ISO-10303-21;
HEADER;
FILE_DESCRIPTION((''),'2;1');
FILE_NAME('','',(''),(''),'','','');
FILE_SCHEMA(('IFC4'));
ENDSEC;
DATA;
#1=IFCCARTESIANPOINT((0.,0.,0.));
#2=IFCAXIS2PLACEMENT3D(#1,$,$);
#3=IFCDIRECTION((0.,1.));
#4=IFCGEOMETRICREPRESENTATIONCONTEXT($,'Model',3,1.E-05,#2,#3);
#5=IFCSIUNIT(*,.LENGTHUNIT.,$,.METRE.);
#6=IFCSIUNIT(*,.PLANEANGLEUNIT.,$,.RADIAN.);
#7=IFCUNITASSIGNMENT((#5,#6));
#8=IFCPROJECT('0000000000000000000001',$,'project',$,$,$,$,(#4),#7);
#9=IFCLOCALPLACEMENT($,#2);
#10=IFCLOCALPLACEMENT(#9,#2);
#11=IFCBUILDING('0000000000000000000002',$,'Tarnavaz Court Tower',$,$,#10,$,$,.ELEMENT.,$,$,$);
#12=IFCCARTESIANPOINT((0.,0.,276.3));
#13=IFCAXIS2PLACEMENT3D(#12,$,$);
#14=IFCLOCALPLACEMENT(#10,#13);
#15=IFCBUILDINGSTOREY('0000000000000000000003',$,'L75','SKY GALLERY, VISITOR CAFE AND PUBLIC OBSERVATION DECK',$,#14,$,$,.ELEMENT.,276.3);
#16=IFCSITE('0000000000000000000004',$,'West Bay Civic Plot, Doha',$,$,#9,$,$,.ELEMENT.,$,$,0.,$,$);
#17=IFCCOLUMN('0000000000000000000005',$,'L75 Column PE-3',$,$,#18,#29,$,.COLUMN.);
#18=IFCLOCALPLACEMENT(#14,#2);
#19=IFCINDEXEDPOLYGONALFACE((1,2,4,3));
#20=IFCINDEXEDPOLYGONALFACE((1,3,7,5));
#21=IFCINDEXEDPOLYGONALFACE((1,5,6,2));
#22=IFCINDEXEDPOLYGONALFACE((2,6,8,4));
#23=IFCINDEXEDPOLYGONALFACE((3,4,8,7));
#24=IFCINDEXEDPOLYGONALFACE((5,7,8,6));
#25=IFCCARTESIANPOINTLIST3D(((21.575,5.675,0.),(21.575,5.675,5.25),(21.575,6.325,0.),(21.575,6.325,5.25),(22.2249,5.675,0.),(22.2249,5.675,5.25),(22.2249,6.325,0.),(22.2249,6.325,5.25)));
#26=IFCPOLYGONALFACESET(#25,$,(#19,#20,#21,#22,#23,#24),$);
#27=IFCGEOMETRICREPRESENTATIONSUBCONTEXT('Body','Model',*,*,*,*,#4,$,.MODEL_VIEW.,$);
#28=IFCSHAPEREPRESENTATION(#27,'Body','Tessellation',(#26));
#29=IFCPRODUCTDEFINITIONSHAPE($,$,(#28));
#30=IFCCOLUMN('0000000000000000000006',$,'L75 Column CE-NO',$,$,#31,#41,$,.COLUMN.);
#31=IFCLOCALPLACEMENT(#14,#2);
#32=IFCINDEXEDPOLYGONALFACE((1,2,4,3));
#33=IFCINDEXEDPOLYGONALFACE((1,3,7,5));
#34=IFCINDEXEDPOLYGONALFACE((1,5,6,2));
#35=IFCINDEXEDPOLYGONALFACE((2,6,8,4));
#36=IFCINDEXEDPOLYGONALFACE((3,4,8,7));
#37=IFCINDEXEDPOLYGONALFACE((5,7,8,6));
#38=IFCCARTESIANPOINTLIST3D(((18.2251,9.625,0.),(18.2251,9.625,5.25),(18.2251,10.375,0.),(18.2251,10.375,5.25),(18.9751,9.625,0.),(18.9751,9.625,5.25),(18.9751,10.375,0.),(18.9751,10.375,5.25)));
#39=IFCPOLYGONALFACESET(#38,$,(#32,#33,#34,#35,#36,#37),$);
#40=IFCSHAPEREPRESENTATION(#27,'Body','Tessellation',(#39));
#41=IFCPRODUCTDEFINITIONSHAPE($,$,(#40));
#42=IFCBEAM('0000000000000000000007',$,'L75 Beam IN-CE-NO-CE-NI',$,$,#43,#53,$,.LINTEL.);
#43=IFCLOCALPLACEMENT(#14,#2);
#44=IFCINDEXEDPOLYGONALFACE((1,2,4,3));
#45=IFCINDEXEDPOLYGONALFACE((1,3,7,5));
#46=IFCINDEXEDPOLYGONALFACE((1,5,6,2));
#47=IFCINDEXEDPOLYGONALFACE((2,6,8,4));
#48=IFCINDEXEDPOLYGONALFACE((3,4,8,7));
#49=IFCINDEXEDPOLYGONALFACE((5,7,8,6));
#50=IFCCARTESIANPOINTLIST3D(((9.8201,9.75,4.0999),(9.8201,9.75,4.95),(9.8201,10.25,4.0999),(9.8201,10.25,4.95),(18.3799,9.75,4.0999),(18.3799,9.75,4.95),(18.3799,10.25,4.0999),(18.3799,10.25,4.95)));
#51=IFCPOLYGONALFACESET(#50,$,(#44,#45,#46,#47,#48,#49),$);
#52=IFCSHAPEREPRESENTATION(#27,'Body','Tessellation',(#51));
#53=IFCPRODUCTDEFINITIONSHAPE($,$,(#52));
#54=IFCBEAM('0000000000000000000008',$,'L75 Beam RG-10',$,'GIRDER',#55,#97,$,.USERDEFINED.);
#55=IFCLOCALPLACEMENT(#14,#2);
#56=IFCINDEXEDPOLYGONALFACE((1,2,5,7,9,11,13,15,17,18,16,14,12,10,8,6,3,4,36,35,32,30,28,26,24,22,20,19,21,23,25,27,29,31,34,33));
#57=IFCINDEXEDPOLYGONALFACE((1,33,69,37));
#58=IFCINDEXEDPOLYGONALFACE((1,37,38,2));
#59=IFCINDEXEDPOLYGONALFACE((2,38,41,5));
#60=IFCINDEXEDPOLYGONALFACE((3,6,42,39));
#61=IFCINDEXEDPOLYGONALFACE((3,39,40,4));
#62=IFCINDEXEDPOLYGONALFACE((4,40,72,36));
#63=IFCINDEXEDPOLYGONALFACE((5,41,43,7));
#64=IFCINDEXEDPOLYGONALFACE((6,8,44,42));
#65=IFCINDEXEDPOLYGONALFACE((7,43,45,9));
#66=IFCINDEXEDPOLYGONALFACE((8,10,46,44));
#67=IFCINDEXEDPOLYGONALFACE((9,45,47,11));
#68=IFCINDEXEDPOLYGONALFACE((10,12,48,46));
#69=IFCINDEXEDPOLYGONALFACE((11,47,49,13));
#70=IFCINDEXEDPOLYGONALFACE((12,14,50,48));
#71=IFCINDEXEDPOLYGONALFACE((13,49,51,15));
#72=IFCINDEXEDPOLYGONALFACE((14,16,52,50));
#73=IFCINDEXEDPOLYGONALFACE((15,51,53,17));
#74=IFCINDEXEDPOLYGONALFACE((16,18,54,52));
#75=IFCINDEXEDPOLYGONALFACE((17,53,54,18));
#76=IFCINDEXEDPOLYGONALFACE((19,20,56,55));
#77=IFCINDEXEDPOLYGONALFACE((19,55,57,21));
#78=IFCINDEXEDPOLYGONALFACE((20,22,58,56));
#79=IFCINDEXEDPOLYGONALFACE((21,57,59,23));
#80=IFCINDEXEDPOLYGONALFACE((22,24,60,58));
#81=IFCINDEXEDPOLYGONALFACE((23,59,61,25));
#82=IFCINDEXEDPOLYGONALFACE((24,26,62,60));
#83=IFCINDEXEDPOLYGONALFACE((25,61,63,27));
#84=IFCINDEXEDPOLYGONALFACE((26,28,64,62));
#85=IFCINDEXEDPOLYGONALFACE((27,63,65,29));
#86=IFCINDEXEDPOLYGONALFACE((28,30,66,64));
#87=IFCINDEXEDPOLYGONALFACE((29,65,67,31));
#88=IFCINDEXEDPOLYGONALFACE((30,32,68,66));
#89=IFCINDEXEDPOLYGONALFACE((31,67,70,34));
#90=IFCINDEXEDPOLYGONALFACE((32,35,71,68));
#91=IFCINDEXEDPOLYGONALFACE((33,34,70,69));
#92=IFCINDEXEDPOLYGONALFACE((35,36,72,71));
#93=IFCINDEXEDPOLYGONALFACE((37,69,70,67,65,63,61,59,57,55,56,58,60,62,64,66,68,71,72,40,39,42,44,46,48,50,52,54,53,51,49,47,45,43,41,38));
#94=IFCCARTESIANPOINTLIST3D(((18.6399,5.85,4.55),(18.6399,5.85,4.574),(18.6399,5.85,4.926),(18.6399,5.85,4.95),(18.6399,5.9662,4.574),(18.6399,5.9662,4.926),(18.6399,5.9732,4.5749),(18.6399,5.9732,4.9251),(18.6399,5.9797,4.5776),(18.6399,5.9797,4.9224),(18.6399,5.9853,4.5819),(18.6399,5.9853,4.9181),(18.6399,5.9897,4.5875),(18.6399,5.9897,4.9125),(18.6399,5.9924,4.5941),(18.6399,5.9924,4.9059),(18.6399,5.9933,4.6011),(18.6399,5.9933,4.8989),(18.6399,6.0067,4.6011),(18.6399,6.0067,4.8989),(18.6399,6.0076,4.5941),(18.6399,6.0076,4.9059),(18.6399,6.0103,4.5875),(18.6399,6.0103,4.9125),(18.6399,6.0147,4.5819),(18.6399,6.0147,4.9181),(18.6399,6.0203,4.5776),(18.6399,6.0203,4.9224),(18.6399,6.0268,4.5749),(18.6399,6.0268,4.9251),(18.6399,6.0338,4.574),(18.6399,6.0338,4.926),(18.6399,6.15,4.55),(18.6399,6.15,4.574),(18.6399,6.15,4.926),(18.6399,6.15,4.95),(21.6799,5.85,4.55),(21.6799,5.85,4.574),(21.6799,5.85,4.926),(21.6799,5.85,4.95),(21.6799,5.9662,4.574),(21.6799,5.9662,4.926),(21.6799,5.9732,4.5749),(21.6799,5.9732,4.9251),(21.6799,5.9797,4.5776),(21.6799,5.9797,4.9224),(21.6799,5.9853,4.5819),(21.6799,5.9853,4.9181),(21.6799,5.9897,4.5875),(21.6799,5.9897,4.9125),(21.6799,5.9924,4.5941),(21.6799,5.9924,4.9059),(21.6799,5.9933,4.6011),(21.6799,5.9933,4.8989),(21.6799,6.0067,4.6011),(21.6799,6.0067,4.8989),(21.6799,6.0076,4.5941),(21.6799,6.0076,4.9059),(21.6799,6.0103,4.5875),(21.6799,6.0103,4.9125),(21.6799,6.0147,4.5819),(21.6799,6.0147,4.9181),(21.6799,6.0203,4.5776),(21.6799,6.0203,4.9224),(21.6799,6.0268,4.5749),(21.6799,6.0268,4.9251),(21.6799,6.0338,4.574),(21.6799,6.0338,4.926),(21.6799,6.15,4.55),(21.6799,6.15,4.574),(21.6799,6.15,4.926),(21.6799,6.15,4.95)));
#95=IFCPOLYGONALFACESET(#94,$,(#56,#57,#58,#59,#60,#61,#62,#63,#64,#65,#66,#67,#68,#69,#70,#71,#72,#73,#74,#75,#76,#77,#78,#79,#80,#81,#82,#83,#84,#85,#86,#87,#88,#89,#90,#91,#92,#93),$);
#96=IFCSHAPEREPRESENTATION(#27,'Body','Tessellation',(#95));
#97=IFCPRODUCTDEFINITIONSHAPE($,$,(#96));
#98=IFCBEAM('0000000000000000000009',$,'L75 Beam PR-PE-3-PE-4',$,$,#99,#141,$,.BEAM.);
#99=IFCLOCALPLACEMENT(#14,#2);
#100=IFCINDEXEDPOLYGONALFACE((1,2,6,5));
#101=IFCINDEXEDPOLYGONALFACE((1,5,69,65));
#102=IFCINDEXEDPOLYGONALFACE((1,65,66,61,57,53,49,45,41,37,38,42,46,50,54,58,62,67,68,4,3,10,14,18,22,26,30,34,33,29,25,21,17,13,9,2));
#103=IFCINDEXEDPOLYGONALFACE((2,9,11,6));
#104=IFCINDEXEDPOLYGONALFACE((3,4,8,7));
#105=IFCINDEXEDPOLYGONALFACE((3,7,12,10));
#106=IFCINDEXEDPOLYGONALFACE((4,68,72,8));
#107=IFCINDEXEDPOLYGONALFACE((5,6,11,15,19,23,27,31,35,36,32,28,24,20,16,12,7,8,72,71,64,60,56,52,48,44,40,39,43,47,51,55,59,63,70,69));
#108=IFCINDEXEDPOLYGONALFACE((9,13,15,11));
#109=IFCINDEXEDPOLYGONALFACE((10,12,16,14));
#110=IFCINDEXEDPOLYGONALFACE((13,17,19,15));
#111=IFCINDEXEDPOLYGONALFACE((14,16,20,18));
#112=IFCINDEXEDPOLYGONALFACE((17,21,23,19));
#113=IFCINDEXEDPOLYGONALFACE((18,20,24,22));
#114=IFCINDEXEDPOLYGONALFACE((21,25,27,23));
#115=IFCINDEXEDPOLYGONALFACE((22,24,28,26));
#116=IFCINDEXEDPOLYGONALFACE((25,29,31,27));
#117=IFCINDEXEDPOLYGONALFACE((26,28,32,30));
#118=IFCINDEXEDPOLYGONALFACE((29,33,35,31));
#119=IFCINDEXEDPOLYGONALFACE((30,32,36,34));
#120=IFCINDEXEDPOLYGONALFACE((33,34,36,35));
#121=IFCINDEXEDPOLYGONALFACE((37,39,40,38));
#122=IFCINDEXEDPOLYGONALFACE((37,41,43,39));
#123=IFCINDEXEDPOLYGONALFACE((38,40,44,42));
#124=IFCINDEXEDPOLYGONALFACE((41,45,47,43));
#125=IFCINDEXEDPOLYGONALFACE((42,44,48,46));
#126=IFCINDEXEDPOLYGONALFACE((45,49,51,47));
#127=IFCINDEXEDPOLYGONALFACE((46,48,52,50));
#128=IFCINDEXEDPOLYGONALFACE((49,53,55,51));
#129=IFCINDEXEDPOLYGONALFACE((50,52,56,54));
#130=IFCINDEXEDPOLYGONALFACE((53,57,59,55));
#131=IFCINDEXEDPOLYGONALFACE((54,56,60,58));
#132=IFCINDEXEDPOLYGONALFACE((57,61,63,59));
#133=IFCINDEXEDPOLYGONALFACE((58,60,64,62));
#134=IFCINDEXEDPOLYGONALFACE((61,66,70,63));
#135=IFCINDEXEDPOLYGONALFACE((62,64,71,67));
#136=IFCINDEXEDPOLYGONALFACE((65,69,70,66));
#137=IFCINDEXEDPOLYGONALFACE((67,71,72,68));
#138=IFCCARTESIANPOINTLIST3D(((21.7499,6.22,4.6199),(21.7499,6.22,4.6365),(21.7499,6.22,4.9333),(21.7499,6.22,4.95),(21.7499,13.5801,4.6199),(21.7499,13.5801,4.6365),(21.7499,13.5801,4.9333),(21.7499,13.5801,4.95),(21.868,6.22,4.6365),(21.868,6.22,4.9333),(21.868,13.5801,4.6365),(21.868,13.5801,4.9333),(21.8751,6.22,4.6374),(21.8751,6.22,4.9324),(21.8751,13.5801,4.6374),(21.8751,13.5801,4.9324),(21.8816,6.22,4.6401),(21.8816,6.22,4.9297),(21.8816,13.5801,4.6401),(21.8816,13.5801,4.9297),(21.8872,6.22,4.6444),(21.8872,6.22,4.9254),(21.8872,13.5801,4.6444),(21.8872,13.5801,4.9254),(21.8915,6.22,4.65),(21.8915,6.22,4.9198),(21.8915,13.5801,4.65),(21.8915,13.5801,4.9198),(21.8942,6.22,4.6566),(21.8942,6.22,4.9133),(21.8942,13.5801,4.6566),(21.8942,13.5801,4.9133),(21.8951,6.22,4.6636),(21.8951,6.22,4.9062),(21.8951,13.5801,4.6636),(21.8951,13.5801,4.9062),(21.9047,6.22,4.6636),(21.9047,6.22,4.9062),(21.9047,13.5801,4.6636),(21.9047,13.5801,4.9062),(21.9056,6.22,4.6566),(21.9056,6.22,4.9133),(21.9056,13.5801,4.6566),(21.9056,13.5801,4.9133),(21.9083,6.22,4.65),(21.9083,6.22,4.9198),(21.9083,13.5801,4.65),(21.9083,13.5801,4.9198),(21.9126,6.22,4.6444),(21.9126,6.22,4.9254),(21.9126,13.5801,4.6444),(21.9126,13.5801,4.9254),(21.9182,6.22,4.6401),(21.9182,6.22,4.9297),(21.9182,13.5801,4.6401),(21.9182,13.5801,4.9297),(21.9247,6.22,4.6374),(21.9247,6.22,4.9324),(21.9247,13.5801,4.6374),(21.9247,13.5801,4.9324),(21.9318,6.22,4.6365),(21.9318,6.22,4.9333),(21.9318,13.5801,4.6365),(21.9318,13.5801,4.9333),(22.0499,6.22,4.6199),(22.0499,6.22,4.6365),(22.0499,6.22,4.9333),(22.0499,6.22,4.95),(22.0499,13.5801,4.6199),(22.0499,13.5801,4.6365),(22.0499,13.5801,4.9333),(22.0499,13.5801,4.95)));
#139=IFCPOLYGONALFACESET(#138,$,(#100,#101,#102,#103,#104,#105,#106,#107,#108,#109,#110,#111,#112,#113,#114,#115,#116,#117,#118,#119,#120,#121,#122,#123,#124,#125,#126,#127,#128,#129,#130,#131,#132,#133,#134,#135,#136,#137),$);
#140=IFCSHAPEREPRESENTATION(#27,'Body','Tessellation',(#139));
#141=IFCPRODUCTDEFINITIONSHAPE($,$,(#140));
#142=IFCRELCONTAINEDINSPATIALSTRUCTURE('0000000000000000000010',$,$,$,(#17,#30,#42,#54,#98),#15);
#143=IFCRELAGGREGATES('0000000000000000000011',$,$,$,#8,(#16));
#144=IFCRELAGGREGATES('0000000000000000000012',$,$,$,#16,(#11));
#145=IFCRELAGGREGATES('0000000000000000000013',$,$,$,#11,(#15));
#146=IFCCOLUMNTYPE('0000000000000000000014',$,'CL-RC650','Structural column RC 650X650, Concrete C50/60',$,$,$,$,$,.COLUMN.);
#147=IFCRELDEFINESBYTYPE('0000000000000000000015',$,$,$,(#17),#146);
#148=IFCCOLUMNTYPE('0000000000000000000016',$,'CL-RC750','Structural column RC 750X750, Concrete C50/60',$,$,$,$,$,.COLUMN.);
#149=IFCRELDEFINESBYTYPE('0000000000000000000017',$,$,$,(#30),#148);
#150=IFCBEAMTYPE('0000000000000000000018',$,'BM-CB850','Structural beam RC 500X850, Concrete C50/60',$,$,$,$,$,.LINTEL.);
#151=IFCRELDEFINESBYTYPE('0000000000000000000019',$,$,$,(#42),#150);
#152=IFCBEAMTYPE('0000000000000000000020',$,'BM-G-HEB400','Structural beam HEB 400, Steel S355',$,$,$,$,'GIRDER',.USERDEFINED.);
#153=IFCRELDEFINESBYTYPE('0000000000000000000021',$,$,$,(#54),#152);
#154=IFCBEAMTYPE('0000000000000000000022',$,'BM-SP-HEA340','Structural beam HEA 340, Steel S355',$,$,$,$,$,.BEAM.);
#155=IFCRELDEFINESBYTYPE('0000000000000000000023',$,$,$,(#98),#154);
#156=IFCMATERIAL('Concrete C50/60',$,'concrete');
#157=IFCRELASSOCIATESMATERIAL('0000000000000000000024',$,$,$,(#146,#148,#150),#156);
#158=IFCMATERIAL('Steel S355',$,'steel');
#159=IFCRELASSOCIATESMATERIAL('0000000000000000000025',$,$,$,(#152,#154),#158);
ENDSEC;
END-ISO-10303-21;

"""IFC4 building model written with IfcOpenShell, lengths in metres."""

from ifc_helpers import new_model, si_unit, direction, frame, origin, origin_2d, place, context, subcontext, project, spatial, rectangle, i_section, extrude, material, material_profile, profile_set, type_object, element, save


model = new_model("IFC4")

# Units and contexts
model_context = context("Model", 3, precision=1e-05, world=origin(), true_north=direction((0.0, 1.0)))
body_context = subcontext(model_context, "Body", "Model", "MODEL_VIEW")
ifc_project = project(units=[si_unit("LENGTHUNIT", "METRE"), si_unit("PLANEANGLEUNIT", "RADIAN")], contexts=[model_context])

# Site, building, storey
site_placement = place(None, origin())
site = spatial("IfcSite", under=ifc_project, at=site_placement, Name="West Bay Civic Plot, Doha", CompositionType="ELEMENT", RefElevation=0.0)
building_placement = place(site_placement, origin())
building = spatial("IfcBuilding", under=site, at=building_placement, Name="Tarnavaz Court Tower", CompositionType="ELEMENT")
storey_placement = place(building_placement, frame((0.0, 0.0, 276.3)))
storey = spatial("IfcBuildingStorey", under=building, at=storey_placement, Name="L75", Description="SKY GALLERY, VISITOR CAFE AND PUBLIC OBSERVATION DECK", CompositionType="ELEMENT", Elevation=276.3)

# Columns
ifc_material_1 = material(Name="Concrete C50/60", Category="concrete")
ifc_material_profile_1 = material_profile(ifc_material_1, rectangle(XDim=0.6499, YDim=0.6499, at=origin_2d()), Name="RC 650X650")
ifc_profile_set_1 = profile_set([ifc_material_profile_1], Name="Concrete C50/60")
column_type_1 = type_object("IfcColumnType", Name="CL-RC650", Description="Structural column RC 650X650, Concrete C50/60", PredefinedType="COLUMN", material=ifc_profile_set_1)
column_1_placement = place(storey_placement, frame((21.8999, 6.0, 0.0), z_axis=(0.0, 0.0, 1.0), x_axis=(1.0, 0.0, 0.0)))
element("IfcColumn", 1, at=column_1_placement, inside=storey, type_object=column_type_1, Name="L75 Column PE-3", PredefinedType="COLUMN", context=body_context, shape_type="SweptSolid", body=[
    extrude(rectangle(XDim=0.6499, YDim=0.6499, at=origin_2d()), origin(), (0.0, 0.0, 1.0), 5.25),
])
ifc_material_profile_2 = material_profile(ifc_material_1, rectangle(XDim=0.75, YDim=0.75, at=origin_2d()), Name="RC 750X750")
ifc_profile_set_2 = profile_set([ifc_material_profile_2], Name="Concrete C50/60")
column_type_2 = type_object("IfcColumnType", Name="CL-RC750", Description="Structural column RC 750X750, Concrete C50/60", PredefinedType="COLUMN", material=ifc_profile_set_2)
column_2_placement = place(storey_placement, frame((18.6001, 10.0, 0.0), z_axis=(0.0, 0.0, 1.0), x_axis=(1.0, 0.0, 0.0)))
element("IfcColumn", 2, at=column_2_placement, inside=storey, type_object=column_type_2, Name="L75 Column CE-NO", PredefinedType="COLUMN", context=body_context, shape_type="SweptSolid", body=[
    extrude(rectangle(XDim=0.75, YDim=0.75, at=origin_2d()), origin(), (0.0, 0.0, 1.0), 5.25),
])

# Beams
ifc_material_profile_3 = material_profile(ifc_material_1, rectangle(XDim=0.5, YDim=0.8501, at=origin_2d()), Name="RC 500X850")
ifc_profile_set_3 = profile_set([ifc_material_profile_3], Name="Concrete C50/60")
beam_type_1 = type_object("IfcBeamType", Name="BM-CB850", Description="Structural beam RC 500X850, Concrete C50/60", PredefinedType="LINTEL", material=ifc_profile_set_3)
beam_1_placement = place(storey_placement, frame((18.3799, 10.0, 4.5249), z_axis=(-1.0, 0.0, 0.0), x_axis=(0.0, -1.0, 0.0)))
element("IfcBeam", 3, at=beam_1_placement, inside=storey, type_object=beam_type_1, Name="L75 Beam IN-CE-NO-CE-NI", PredefinedType="LINTEL", context=body_context, shape_type="SweptSolid", body=[
    extrude(rectangle(XDim=0.5, YDim=0.8501, at=origin_2d()), origin(), (0.0, 0.0, 1.0), 8.5598),
])
ifc_material_2 = material(Name="Steel S355", Category="steel")
ifc_material_profile_4 = material_profile(ifc_material_2, i_section(OverallWidth=0.3, OverallDepth=0.3999, WebThickness=0.0134, FlangeThickness=0.0239, FilletRadius=0.0271, at=origin_2d()), Name="HEB 400")
ifc_profile_set_4 = profile_set([ifc_material_profile_4], Name="Steel S355")
beam_type_2 = type_object("IfcBeamType", Name="BM-G-HEB400", Description="Structural beam HEB 400, Steel S355", ElementType="GIRDER", PredefinedType="USERDEFINED", material=ifc_profile_set_4)
beam_2_placement = place(storey_placement, frame((18.6399, 6.0, 4.75), z_axis=(1.0, 0.0, 0.0), x_axis=(0.0, 1.0, 0.0)))
element("IfcBeam", 4, at=beam_2_placement, inside=storey, type_object=beam_type_2, Name="L75 Beam RG-10", ObjectType="GIRDER", PredefinedType="USERDEFINED", context=body_context, shape_type="SweptSolid", body=[
    extrude(i_section(OverallWidth=0.3, OverallDepth=0.3999, WebThickness=0.0134, FlangeThickness=0.0239, FilletRadius=0.0271, at=origin_2d()), origin(), (0.0, 0.0, 1.0), 3.04),
])
ifc_material_profile_5 = material_profile(ifc_material_2, i_section(OverallWidth=0.3, OverallDepth=0.3301, WebThickness=0.0095, FlangeThickness=0.0166, FilletRadius=0.0271, at=origin_2d()), Name="HEA 340")
ifc_profile_set_5 = profile_set([ifc_material_profile_5], Name="Steel S355")
beam_type_3 = type_object("IfcBeamType", Name="BM-SP-HEA340", Description="Structural beam HEA 340, Steel S355", PredefinedType="BEAM", material=ifc_profile_set_5)
beam_3_placement = place(storey_placement, frame((21.8999, 6.22, 4.7849), z_axis=(0.0, 1.0, 0.0), x_axis=(-1.0, 0.0, 0.0)))
element("IfcBeam", 5, at=beam_3_placement, inside=storey, type_object=beam_type_3, Name="L75 Beam PR-PE-3-PE-4", PredefinedType="BEAM", context=body_context, shape_type="SweptSolid", body=[
    extrude(i_section(OverallWidth=0.3, OverallDepth=0.3301, WebThickness=0.0095, FlangeThickness=0.0166, FilletRadius=0.0271, at=origin_2d()), origin(), (0.0, 0.0, 1.0), 7.3601),
])

save(model, "model.ifc")
